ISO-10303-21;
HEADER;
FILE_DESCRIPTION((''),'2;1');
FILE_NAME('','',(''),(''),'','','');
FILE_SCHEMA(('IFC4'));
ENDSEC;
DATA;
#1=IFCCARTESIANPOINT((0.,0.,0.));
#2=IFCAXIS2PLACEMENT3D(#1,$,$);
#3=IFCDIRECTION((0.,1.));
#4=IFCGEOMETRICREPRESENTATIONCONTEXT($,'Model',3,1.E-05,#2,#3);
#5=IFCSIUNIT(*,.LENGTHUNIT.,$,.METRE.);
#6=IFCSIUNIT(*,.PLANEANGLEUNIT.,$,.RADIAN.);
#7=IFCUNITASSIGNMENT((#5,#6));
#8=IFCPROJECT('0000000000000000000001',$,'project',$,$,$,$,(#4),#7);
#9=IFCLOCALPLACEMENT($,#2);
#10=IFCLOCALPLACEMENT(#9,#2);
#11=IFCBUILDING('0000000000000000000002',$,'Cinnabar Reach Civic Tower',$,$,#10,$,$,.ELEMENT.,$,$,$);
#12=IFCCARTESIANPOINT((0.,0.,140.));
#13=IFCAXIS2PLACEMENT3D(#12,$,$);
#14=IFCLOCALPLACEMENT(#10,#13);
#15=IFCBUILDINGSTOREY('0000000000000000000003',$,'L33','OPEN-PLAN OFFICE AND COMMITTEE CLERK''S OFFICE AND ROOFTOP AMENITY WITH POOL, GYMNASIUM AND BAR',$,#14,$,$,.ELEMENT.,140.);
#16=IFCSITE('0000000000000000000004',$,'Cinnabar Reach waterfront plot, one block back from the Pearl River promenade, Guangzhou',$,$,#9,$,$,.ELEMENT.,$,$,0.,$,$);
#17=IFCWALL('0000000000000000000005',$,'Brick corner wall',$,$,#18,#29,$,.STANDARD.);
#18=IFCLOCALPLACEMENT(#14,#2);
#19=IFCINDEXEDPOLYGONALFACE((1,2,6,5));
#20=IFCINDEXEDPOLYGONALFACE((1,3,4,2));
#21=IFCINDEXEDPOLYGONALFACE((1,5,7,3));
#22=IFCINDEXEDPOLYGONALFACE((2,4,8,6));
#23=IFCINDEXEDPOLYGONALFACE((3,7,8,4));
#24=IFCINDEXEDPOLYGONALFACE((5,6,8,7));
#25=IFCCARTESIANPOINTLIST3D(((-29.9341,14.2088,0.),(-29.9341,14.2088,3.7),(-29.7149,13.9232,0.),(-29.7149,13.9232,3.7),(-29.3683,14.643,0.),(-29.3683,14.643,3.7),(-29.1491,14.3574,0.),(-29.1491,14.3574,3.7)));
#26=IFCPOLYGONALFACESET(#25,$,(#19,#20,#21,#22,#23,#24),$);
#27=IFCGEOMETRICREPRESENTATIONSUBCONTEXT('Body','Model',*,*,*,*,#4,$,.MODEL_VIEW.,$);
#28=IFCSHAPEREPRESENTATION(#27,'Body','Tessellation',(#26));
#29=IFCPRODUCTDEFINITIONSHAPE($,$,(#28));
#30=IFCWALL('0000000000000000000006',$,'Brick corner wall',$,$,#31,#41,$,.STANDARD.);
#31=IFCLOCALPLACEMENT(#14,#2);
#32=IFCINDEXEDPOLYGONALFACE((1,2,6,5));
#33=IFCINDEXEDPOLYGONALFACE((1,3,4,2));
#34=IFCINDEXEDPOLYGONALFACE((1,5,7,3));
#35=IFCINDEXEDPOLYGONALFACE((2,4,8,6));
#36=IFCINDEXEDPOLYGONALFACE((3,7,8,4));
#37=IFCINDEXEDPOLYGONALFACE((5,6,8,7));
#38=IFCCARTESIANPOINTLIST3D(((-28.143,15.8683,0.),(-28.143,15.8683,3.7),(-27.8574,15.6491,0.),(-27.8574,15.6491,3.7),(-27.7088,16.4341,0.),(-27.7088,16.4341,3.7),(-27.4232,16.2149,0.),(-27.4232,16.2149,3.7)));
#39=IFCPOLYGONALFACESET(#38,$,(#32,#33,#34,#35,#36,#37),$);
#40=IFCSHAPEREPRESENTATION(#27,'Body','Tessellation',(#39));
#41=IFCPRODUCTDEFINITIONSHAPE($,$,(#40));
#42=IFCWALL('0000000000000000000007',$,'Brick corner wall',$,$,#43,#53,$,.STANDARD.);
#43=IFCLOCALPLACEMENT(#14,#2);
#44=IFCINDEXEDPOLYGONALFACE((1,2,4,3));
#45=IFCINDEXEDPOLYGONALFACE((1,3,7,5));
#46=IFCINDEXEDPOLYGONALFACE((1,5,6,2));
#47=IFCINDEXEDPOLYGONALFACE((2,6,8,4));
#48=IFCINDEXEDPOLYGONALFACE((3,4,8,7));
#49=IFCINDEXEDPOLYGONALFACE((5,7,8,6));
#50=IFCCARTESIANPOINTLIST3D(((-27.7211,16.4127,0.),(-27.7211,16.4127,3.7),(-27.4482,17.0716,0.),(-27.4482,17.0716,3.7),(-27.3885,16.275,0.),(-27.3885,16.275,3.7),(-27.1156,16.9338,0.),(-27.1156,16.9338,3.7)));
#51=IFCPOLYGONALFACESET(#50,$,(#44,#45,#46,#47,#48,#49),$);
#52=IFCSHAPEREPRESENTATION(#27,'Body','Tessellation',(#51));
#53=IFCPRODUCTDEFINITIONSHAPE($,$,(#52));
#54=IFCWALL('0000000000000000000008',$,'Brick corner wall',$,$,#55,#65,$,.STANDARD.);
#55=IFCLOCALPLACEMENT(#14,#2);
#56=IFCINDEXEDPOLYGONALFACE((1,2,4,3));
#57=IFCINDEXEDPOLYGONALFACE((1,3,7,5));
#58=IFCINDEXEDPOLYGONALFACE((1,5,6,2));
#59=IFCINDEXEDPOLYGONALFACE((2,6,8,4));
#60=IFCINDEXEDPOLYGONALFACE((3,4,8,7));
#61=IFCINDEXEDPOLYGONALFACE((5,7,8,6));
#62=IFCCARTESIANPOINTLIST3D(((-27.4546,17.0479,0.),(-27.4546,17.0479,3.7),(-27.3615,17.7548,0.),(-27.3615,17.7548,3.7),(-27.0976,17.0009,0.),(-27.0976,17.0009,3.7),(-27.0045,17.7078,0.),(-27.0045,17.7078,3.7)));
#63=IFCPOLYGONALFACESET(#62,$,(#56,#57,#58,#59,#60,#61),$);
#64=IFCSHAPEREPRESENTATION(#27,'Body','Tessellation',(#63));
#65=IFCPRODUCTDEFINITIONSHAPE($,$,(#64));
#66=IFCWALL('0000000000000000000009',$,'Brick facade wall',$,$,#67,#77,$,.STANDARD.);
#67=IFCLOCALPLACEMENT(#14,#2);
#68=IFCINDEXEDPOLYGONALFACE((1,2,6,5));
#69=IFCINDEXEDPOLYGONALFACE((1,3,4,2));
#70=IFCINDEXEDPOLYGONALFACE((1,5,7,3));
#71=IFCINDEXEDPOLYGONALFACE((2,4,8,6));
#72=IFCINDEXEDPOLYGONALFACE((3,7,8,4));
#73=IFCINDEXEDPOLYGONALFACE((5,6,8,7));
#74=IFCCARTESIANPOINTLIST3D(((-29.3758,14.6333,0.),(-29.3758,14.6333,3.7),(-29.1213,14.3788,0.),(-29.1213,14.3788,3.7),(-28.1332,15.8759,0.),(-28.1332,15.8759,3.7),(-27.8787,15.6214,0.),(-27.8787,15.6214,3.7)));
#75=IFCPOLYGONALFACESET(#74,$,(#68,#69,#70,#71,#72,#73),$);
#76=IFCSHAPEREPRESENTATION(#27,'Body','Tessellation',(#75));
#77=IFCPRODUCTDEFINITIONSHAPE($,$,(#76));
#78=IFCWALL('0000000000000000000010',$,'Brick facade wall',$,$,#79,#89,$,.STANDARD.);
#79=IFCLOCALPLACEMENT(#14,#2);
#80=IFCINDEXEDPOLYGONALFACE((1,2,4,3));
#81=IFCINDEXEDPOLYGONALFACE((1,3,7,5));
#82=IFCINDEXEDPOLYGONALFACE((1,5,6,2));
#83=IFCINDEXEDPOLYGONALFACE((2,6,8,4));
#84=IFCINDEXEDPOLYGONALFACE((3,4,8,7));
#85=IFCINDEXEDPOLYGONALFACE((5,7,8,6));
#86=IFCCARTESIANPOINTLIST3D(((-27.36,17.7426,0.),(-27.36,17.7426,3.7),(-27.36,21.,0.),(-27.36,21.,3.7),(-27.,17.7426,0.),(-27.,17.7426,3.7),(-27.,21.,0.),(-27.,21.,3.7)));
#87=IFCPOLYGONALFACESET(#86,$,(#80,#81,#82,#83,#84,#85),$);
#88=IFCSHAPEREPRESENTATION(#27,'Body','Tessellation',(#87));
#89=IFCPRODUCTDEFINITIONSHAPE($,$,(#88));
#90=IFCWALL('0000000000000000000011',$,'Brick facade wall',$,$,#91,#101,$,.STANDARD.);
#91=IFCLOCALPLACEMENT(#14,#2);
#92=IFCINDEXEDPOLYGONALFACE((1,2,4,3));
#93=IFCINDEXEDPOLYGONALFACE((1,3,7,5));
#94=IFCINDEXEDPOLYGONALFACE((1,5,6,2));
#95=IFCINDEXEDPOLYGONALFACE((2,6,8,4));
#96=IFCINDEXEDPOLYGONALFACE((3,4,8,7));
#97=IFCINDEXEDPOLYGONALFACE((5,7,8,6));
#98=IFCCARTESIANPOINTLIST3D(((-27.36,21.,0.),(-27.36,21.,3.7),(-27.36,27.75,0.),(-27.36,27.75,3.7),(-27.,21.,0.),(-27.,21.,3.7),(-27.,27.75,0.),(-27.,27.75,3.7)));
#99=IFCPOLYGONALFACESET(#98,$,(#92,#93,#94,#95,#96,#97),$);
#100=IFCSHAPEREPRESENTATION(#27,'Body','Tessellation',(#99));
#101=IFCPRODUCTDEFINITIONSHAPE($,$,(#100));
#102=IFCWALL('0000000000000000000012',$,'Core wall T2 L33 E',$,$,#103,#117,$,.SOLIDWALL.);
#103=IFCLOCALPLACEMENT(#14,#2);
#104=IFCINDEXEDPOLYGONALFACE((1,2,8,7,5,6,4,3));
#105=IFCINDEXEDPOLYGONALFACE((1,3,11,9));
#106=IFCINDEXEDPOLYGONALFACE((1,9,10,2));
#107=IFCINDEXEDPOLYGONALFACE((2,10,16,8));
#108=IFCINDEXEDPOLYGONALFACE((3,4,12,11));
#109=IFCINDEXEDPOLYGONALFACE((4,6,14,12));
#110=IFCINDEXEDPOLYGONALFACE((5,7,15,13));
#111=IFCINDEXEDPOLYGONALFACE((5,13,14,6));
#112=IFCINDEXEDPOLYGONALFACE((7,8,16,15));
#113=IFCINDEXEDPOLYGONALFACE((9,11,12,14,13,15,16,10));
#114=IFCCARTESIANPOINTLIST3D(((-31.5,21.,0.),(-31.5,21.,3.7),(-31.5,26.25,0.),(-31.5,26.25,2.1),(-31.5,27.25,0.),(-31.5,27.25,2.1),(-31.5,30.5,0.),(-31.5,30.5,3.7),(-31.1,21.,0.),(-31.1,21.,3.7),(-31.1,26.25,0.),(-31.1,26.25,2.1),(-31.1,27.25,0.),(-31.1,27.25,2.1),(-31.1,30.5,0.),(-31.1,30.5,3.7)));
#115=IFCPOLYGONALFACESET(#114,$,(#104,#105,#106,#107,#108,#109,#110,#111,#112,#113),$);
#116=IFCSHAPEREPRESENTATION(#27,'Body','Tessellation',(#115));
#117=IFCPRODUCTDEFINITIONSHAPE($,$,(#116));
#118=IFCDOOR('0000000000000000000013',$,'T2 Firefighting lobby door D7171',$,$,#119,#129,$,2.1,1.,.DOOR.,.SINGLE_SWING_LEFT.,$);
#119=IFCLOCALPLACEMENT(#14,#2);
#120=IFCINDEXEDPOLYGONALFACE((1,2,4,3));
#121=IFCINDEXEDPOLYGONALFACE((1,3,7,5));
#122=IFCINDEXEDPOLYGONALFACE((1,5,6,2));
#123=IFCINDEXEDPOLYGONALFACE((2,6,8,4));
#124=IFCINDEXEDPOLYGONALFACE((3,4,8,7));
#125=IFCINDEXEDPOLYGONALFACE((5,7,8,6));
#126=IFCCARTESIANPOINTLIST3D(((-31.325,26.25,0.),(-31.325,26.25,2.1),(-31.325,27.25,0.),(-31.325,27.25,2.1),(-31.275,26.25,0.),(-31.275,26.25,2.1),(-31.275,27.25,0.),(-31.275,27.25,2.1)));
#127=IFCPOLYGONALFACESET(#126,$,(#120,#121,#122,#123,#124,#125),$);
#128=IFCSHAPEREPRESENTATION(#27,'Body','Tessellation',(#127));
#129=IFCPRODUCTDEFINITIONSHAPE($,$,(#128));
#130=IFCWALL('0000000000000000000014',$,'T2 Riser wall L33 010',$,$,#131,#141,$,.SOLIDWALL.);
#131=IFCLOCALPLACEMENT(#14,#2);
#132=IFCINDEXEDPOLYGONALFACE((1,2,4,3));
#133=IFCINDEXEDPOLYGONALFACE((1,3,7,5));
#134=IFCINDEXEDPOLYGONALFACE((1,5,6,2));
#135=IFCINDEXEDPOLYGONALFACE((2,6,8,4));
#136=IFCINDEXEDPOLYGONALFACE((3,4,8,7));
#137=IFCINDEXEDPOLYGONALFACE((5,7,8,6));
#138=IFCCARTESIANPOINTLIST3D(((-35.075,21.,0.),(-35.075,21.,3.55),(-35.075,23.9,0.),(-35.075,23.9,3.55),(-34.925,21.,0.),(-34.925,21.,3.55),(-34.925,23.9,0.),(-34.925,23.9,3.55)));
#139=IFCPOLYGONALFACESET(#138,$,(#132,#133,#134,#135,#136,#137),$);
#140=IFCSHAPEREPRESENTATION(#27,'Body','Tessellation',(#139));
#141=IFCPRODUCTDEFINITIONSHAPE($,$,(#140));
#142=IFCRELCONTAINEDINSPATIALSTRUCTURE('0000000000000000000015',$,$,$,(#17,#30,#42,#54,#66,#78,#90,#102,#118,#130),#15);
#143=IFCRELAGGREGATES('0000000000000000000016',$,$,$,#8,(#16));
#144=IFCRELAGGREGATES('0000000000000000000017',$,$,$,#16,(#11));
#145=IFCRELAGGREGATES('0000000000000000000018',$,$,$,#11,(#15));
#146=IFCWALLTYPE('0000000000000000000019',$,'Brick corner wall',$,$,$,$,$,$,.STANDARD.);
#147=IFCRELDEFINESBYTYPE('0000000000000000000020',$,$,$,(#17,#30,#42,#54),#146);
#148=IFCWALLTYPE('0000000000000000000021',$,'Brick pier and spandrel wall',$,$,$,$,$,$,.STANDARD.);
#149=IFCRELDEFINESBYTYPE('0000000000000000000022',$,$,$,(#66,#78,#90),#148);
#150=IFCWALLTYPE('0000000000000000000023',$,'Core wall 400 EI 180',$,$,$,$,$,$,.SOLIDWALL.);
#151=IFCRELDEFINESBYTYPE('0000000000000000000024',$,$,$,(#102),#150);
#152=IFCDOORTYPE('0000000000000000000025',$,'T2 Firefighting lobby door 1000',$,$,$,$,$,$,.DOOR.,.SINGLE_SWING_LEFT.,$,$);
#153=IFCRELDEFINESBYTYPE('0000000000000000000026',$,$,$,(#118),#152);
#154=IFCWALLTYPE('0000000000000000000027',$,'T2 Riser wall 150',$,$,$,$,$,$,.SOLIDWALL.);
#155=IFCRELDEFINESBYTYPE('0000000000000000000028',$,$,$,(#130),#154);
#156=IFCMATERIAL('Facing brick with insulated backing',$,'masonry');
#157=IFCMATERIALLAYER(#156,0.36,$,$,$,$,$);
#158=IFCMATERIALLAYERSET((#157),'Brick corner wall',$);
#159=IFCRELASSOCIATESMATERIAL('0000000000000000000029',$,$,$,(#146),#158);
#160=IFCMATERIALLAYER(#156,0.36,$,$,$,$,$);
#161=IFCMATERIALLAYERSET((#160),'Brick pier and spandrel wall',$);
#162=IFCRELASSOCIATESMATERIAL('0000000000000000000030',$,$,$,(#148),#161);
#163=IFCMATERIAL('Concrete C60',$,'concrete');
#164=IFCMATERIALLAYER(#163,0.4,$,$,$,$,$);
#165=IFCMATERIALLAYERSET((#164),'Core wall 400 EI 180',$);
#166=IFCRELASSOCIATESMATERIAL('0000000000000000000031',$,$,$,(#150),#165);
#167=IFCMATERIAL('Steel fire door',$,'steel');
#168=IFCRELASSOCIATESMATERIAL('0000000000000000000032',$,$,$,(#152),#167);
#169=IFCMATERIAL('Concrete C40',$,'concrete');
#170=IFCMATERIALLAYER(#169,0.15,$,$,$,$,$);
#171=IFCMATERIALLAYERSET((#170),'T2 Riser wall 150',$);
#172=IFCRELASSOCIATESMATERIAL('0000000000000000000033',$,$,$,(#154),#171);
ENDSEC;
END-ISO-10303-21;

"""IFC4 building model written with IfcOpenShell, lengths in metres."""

from ifc_helpers import new_model, si_unit, direction, frame, frame_2d, origin, place, context, subcontext, project, spatial, rectangle, extrude, material, layer, layer_set, type_object, element, fill, save


model = new_model("IFC4")

# Units and contexts
model_context = context("Model", 3, precision=1e-05, world=origin(), true_north=direction((0.0, 1.0)))
body_context = subcontext(model_context, "Body", "Model", "MODEL_VIEW")
ifc_project = project(units=[si_unit("LENGTHUNIT", "METRE"), si_unit("PLANEANGLEUNIT", "RADIAN")], contexts=[model_context])

# Site, building, storey
site_placement = place(None, origin())
site = spatial("IfcSite", under=ifc_project, at=site_placement, Name="Cinnabar Reach waterfront plot, one block back from the Pearl River promenade, Guangzhou", CompositionType="ELEMENT", RefElevation=0.0)
building_placement = place(site_placement, origin())
building = spatial("IfcBuilding", under=site, at=building_placement, Name="Cinnabar Reach Civic Tower", CompositionType="ELEMENT")
storey_placement = place(building_placement, frame((0.0, 0.0, 140.0)))
storey = spatial("IfcBuildingStorey", under=building, at=storey_placement, Name="L33", Description="OPEN-PLAN OFFICE AND COMMITTEE CLERK'S OFFICE AND ROOFTOP AMENITY WITH POOL, GYMNASIUM AND BAR", CompositionType="ELEMENT", Elevation=140.0)

# Shared definitions
ifc_material_1 = material(Name="Concrete C60", Category="concrete")

# Walls
ifc_material_2 = material(Name="Facing brick with insulated backing", Category="masonry")
ifc_layer_1 = layer(ifc_material_2, 0.36)
ifc_layer_set_1 = layer_set([ifc_layer_1], Name="Brick corner wall")
wall_type_1 = type_object("IfcWallType", Name="Brick corner wall", PredefinedType="STANDARD", material=ifc_layer_set_1)
for number, where, z_axis, x_axis, name in (
    (1, (-29.8245, 14.066, 0.0), (0.0, 0.0, 1.0), (0.793322, 0.608802, 0.0), "Brick corner wall"),
    (2, (-28.0002, 15.7587, 0.0), (0.0, 0.0, 1.0), (0.608802, 0.793322, 0.0), "Brick corner wall"),
):
    element("IfcWall", number, at=place(storey_placement, frame(where, z_axis=z_axis, x_axis=x_axis)), inside=storey, type_object=wall_type_1, Name=name, PredefinedType="STANDARD", context=body_context, shape_type="SweptSolid", body=[
        extrude(rectangle(XDim=0.7132, YDim=0.36, at=frame_2d((0.3566, 0.0))), origin(), (0.0, 0.0, 1.0), 3.7),
    ])
for number, where, z_axis, x_axis, name in (
    (3, (-27.5548, 16.3439, 0.0), (0.0, 0.0, 1.0), (0.382703, 0.923872, 0.0), "Brick corner wall"),
    (4, (-27.2761, 17.0244, 0.0), (0.0, 0.0, 1.0), (0.130556, 0.991441, 0.0), "Brick corner wall"),
):
    element("IfcWall", number, at=place(storey_placement, frame(where, z_axis=z_axis, x_axis=x_axis)), inside=storey, type_object=wall_type_1, Name=name, PredefinedType="STANDARD", context=body_context, shape_type="SweptSolid", body=[
        extrude(rectangle(XDim=0.7131, YDim=0.36, at=frame_2d((0.3565, 0.0))), origin(), (0.0, 0.0, 1.0), 3.7),
    ])
ifc_layer_2 = layer(ifc_material_2, 0.36)
ifc_layer_set_2 = layer_set([ifc_layer_2], Name="Brick pier and spandrel wall")
wall_type_2 = type_object("IfcWallType", Name="Brick pier and spandrel wall", PredefinedType="STANDARD", material=ifc_layer_set_2)
wall_1_placement = place(storey_placement, frame((-29.2486, 14.506, 0.0), z_axis=(0.0, 0.0, 1.0), x_axis=(0.707107, 0.707107, 0.0)))
element("IfcWall", 5, at=wall_1_placement, inside=storey, type_object=wall_type_2, Name="Brick facade wall", PredefinedType="STANDARD", context=body_context, shape_type="SweptSolid", body=[
    extrude(rectangle(XDim=1.7573, YDim=0.36, at=frame_2d((0.8787, 0.0))), origin(), (0.0, 0.0, 1.0), 3.7),
])
wall_2_placement = place(storey_placement, frame((-27.18, 17.7426, 0.0), z_axis=(0.0, 0.0, 1.0), x_axis=(0.0, 1.0, 0.0)))
element("IfcWall", 6, at=wall_2_placement, inside=storey, type_object=wall_type_2, Name="Brick facade wall", PredefinedType="STANDARD", context=body_context, shape_type="SweptSolid", body=[
    extrude(rectangle(XDim=3.2574, YDim=0.36, at=frame_2d((1.6287, 0.0))), origin(), (0.0, 0.0, 1.0), 3.7),
])
wall_3_placement = place(storey_placement, frame((-27.18, 21.0, 0.0), z_axis=(0.0, 0.0, 1.0), x_axis=(0.0, 1.0, 0.0)))
element("IfcWall", 7, at=wall_3_placement, inside=storey, type_object=wall_type_2, Name="Brick facade wall", PredefinedType="STANDARD", context=body_context, shape_type="SweptSolid", body=[
    extrude(rectangle(XDim=6.75, YDim=0.36, at=frame_2d((3.375, 0.0))), origin(), (0.0, 0.0, 1.0), 3.7),
])

# Wall, opening, door
ifc_layer_3 = layer(ifc_material_1, 0.4)
ifc_layer_set_3 = layer_set([ifc_layer_3], Name="Core wall 400 EI 180")
wall_type_3 = type_object("IfcWallType", Name="Core wall 400 EI 180", PredefinedType="SOLIDWALL", material=ifc_layer_set_3)
wall_4_placement = place(storey_placement, frame((-31.3, 21.0, 0.0), z_axis=(0.0, 0.0, 1.0), x_axis=(0.0, 1.0, 0.0)))
wall_4 = element("IfcWall", 8, at=wall_4_placement, inside=storey, type_object=wall_type_3, Name="Core wall T2 L33 E", PredefinedType="SOLIDWALL", context=body_context, shape_type="SweptSolid", body=[
    extrude(rectangle(XDim=9.5, YDim=0.4, at=frame_2d((4.75, 0.0))), origin(), (0.0, 0.0, 1.0), 3.7),
])
opening_placement = place(wall_4_placement, frame((5.25, 0.0, 0.0)))
opening = element("IfcOpeningElement", 9, at=opening_placement, cuts=wall_4, PredefinedType="OPENING", context=body_context, shape_type="SweptSolid", body=[
    extrude(rectangle(XDim=1.0, YDim=2.1, at=frame_2d((0.5, 1.05))), frame((0.0, 0.21, 0.0), z_axis=(0.0, -1.0, 0.0), x_axis=(1.0, 0.0, 0.0)), (0.0, 0.0, 1.0), 0.42),
])
ifc_material_3 = material(Name="Steel fire door", Category="steel")
door_type = type_object("IfcDoorType", Name="T2 Firefighting lobby door 1000", OperationType="SINGLE_SWING_LEFT", PredefinedType="DOOR", material=ifc_material_3)
door_placement = place(opening_placement, frame((1.0, 0.0, 0.0), z_axis=(0.0, 0.0, 1.0), x_axis=(-1.0, 0.0, 0.0)))
door = element("IfcDoor", 10, at=door_placement, inside=storey, type_object=door_type, Name="T2 Firefighting lobby door D7171", OperationType="SINGLE_SWING_LEFT", OverallHeight=2.1, OverallWidth=1.0, PredefinedType="DOOR", context=body_context, shape_type="SweptSolid", body=[
    extrude(rectangle(XDim=1.0, YDim=2.1, at=frame_2d((0.5, 1.05))), frame((0.0, 0.025, 0.0), z_axis=(0.0, -1.0, 0.0), x_axis=(1.0, 0.0, 0.0)), (0.0, 0.0, 1.0), 0.05),
])
fill(opening, door)

# Wall
ifc_material_4 = material(Name="Concrete C40", Category="concrete")
ifc_layer_4 = layer(ifc_material_4, 0.15)
ifc_layer_set_4 = layer_set([ifc_layer_4], Name="T2 Riser wall 150")
wall_type_4 = type_object("IfcWallType", Name="T2 Riser wall 150", PredefinedType="SOLIDWALL", material=ifc_layer_set_4)
wall_5_placement = place(storey_placement, frame((-35.0, 21.0, 0.0), z_axis=(0.0, 0.0, 1.0), x_axis=(0.0, 1.0, 0.0)))
element("IfcWall", 11, at=wall_5_placement, inside=storey, type_object=wall_type_4, Name="T2 Riser wall L33 010", PredefinedType="SOLIDWALL", context=body_context, shape_type="SweptSolid", body=[
    extrude(rectangle(XDim=2.9, YDim=0.15, at=frame_2d((1.45, 0.0))), origin(), (0.0, 0.0, 1.0), 3.55),
])

save(model, "model.ifc")
